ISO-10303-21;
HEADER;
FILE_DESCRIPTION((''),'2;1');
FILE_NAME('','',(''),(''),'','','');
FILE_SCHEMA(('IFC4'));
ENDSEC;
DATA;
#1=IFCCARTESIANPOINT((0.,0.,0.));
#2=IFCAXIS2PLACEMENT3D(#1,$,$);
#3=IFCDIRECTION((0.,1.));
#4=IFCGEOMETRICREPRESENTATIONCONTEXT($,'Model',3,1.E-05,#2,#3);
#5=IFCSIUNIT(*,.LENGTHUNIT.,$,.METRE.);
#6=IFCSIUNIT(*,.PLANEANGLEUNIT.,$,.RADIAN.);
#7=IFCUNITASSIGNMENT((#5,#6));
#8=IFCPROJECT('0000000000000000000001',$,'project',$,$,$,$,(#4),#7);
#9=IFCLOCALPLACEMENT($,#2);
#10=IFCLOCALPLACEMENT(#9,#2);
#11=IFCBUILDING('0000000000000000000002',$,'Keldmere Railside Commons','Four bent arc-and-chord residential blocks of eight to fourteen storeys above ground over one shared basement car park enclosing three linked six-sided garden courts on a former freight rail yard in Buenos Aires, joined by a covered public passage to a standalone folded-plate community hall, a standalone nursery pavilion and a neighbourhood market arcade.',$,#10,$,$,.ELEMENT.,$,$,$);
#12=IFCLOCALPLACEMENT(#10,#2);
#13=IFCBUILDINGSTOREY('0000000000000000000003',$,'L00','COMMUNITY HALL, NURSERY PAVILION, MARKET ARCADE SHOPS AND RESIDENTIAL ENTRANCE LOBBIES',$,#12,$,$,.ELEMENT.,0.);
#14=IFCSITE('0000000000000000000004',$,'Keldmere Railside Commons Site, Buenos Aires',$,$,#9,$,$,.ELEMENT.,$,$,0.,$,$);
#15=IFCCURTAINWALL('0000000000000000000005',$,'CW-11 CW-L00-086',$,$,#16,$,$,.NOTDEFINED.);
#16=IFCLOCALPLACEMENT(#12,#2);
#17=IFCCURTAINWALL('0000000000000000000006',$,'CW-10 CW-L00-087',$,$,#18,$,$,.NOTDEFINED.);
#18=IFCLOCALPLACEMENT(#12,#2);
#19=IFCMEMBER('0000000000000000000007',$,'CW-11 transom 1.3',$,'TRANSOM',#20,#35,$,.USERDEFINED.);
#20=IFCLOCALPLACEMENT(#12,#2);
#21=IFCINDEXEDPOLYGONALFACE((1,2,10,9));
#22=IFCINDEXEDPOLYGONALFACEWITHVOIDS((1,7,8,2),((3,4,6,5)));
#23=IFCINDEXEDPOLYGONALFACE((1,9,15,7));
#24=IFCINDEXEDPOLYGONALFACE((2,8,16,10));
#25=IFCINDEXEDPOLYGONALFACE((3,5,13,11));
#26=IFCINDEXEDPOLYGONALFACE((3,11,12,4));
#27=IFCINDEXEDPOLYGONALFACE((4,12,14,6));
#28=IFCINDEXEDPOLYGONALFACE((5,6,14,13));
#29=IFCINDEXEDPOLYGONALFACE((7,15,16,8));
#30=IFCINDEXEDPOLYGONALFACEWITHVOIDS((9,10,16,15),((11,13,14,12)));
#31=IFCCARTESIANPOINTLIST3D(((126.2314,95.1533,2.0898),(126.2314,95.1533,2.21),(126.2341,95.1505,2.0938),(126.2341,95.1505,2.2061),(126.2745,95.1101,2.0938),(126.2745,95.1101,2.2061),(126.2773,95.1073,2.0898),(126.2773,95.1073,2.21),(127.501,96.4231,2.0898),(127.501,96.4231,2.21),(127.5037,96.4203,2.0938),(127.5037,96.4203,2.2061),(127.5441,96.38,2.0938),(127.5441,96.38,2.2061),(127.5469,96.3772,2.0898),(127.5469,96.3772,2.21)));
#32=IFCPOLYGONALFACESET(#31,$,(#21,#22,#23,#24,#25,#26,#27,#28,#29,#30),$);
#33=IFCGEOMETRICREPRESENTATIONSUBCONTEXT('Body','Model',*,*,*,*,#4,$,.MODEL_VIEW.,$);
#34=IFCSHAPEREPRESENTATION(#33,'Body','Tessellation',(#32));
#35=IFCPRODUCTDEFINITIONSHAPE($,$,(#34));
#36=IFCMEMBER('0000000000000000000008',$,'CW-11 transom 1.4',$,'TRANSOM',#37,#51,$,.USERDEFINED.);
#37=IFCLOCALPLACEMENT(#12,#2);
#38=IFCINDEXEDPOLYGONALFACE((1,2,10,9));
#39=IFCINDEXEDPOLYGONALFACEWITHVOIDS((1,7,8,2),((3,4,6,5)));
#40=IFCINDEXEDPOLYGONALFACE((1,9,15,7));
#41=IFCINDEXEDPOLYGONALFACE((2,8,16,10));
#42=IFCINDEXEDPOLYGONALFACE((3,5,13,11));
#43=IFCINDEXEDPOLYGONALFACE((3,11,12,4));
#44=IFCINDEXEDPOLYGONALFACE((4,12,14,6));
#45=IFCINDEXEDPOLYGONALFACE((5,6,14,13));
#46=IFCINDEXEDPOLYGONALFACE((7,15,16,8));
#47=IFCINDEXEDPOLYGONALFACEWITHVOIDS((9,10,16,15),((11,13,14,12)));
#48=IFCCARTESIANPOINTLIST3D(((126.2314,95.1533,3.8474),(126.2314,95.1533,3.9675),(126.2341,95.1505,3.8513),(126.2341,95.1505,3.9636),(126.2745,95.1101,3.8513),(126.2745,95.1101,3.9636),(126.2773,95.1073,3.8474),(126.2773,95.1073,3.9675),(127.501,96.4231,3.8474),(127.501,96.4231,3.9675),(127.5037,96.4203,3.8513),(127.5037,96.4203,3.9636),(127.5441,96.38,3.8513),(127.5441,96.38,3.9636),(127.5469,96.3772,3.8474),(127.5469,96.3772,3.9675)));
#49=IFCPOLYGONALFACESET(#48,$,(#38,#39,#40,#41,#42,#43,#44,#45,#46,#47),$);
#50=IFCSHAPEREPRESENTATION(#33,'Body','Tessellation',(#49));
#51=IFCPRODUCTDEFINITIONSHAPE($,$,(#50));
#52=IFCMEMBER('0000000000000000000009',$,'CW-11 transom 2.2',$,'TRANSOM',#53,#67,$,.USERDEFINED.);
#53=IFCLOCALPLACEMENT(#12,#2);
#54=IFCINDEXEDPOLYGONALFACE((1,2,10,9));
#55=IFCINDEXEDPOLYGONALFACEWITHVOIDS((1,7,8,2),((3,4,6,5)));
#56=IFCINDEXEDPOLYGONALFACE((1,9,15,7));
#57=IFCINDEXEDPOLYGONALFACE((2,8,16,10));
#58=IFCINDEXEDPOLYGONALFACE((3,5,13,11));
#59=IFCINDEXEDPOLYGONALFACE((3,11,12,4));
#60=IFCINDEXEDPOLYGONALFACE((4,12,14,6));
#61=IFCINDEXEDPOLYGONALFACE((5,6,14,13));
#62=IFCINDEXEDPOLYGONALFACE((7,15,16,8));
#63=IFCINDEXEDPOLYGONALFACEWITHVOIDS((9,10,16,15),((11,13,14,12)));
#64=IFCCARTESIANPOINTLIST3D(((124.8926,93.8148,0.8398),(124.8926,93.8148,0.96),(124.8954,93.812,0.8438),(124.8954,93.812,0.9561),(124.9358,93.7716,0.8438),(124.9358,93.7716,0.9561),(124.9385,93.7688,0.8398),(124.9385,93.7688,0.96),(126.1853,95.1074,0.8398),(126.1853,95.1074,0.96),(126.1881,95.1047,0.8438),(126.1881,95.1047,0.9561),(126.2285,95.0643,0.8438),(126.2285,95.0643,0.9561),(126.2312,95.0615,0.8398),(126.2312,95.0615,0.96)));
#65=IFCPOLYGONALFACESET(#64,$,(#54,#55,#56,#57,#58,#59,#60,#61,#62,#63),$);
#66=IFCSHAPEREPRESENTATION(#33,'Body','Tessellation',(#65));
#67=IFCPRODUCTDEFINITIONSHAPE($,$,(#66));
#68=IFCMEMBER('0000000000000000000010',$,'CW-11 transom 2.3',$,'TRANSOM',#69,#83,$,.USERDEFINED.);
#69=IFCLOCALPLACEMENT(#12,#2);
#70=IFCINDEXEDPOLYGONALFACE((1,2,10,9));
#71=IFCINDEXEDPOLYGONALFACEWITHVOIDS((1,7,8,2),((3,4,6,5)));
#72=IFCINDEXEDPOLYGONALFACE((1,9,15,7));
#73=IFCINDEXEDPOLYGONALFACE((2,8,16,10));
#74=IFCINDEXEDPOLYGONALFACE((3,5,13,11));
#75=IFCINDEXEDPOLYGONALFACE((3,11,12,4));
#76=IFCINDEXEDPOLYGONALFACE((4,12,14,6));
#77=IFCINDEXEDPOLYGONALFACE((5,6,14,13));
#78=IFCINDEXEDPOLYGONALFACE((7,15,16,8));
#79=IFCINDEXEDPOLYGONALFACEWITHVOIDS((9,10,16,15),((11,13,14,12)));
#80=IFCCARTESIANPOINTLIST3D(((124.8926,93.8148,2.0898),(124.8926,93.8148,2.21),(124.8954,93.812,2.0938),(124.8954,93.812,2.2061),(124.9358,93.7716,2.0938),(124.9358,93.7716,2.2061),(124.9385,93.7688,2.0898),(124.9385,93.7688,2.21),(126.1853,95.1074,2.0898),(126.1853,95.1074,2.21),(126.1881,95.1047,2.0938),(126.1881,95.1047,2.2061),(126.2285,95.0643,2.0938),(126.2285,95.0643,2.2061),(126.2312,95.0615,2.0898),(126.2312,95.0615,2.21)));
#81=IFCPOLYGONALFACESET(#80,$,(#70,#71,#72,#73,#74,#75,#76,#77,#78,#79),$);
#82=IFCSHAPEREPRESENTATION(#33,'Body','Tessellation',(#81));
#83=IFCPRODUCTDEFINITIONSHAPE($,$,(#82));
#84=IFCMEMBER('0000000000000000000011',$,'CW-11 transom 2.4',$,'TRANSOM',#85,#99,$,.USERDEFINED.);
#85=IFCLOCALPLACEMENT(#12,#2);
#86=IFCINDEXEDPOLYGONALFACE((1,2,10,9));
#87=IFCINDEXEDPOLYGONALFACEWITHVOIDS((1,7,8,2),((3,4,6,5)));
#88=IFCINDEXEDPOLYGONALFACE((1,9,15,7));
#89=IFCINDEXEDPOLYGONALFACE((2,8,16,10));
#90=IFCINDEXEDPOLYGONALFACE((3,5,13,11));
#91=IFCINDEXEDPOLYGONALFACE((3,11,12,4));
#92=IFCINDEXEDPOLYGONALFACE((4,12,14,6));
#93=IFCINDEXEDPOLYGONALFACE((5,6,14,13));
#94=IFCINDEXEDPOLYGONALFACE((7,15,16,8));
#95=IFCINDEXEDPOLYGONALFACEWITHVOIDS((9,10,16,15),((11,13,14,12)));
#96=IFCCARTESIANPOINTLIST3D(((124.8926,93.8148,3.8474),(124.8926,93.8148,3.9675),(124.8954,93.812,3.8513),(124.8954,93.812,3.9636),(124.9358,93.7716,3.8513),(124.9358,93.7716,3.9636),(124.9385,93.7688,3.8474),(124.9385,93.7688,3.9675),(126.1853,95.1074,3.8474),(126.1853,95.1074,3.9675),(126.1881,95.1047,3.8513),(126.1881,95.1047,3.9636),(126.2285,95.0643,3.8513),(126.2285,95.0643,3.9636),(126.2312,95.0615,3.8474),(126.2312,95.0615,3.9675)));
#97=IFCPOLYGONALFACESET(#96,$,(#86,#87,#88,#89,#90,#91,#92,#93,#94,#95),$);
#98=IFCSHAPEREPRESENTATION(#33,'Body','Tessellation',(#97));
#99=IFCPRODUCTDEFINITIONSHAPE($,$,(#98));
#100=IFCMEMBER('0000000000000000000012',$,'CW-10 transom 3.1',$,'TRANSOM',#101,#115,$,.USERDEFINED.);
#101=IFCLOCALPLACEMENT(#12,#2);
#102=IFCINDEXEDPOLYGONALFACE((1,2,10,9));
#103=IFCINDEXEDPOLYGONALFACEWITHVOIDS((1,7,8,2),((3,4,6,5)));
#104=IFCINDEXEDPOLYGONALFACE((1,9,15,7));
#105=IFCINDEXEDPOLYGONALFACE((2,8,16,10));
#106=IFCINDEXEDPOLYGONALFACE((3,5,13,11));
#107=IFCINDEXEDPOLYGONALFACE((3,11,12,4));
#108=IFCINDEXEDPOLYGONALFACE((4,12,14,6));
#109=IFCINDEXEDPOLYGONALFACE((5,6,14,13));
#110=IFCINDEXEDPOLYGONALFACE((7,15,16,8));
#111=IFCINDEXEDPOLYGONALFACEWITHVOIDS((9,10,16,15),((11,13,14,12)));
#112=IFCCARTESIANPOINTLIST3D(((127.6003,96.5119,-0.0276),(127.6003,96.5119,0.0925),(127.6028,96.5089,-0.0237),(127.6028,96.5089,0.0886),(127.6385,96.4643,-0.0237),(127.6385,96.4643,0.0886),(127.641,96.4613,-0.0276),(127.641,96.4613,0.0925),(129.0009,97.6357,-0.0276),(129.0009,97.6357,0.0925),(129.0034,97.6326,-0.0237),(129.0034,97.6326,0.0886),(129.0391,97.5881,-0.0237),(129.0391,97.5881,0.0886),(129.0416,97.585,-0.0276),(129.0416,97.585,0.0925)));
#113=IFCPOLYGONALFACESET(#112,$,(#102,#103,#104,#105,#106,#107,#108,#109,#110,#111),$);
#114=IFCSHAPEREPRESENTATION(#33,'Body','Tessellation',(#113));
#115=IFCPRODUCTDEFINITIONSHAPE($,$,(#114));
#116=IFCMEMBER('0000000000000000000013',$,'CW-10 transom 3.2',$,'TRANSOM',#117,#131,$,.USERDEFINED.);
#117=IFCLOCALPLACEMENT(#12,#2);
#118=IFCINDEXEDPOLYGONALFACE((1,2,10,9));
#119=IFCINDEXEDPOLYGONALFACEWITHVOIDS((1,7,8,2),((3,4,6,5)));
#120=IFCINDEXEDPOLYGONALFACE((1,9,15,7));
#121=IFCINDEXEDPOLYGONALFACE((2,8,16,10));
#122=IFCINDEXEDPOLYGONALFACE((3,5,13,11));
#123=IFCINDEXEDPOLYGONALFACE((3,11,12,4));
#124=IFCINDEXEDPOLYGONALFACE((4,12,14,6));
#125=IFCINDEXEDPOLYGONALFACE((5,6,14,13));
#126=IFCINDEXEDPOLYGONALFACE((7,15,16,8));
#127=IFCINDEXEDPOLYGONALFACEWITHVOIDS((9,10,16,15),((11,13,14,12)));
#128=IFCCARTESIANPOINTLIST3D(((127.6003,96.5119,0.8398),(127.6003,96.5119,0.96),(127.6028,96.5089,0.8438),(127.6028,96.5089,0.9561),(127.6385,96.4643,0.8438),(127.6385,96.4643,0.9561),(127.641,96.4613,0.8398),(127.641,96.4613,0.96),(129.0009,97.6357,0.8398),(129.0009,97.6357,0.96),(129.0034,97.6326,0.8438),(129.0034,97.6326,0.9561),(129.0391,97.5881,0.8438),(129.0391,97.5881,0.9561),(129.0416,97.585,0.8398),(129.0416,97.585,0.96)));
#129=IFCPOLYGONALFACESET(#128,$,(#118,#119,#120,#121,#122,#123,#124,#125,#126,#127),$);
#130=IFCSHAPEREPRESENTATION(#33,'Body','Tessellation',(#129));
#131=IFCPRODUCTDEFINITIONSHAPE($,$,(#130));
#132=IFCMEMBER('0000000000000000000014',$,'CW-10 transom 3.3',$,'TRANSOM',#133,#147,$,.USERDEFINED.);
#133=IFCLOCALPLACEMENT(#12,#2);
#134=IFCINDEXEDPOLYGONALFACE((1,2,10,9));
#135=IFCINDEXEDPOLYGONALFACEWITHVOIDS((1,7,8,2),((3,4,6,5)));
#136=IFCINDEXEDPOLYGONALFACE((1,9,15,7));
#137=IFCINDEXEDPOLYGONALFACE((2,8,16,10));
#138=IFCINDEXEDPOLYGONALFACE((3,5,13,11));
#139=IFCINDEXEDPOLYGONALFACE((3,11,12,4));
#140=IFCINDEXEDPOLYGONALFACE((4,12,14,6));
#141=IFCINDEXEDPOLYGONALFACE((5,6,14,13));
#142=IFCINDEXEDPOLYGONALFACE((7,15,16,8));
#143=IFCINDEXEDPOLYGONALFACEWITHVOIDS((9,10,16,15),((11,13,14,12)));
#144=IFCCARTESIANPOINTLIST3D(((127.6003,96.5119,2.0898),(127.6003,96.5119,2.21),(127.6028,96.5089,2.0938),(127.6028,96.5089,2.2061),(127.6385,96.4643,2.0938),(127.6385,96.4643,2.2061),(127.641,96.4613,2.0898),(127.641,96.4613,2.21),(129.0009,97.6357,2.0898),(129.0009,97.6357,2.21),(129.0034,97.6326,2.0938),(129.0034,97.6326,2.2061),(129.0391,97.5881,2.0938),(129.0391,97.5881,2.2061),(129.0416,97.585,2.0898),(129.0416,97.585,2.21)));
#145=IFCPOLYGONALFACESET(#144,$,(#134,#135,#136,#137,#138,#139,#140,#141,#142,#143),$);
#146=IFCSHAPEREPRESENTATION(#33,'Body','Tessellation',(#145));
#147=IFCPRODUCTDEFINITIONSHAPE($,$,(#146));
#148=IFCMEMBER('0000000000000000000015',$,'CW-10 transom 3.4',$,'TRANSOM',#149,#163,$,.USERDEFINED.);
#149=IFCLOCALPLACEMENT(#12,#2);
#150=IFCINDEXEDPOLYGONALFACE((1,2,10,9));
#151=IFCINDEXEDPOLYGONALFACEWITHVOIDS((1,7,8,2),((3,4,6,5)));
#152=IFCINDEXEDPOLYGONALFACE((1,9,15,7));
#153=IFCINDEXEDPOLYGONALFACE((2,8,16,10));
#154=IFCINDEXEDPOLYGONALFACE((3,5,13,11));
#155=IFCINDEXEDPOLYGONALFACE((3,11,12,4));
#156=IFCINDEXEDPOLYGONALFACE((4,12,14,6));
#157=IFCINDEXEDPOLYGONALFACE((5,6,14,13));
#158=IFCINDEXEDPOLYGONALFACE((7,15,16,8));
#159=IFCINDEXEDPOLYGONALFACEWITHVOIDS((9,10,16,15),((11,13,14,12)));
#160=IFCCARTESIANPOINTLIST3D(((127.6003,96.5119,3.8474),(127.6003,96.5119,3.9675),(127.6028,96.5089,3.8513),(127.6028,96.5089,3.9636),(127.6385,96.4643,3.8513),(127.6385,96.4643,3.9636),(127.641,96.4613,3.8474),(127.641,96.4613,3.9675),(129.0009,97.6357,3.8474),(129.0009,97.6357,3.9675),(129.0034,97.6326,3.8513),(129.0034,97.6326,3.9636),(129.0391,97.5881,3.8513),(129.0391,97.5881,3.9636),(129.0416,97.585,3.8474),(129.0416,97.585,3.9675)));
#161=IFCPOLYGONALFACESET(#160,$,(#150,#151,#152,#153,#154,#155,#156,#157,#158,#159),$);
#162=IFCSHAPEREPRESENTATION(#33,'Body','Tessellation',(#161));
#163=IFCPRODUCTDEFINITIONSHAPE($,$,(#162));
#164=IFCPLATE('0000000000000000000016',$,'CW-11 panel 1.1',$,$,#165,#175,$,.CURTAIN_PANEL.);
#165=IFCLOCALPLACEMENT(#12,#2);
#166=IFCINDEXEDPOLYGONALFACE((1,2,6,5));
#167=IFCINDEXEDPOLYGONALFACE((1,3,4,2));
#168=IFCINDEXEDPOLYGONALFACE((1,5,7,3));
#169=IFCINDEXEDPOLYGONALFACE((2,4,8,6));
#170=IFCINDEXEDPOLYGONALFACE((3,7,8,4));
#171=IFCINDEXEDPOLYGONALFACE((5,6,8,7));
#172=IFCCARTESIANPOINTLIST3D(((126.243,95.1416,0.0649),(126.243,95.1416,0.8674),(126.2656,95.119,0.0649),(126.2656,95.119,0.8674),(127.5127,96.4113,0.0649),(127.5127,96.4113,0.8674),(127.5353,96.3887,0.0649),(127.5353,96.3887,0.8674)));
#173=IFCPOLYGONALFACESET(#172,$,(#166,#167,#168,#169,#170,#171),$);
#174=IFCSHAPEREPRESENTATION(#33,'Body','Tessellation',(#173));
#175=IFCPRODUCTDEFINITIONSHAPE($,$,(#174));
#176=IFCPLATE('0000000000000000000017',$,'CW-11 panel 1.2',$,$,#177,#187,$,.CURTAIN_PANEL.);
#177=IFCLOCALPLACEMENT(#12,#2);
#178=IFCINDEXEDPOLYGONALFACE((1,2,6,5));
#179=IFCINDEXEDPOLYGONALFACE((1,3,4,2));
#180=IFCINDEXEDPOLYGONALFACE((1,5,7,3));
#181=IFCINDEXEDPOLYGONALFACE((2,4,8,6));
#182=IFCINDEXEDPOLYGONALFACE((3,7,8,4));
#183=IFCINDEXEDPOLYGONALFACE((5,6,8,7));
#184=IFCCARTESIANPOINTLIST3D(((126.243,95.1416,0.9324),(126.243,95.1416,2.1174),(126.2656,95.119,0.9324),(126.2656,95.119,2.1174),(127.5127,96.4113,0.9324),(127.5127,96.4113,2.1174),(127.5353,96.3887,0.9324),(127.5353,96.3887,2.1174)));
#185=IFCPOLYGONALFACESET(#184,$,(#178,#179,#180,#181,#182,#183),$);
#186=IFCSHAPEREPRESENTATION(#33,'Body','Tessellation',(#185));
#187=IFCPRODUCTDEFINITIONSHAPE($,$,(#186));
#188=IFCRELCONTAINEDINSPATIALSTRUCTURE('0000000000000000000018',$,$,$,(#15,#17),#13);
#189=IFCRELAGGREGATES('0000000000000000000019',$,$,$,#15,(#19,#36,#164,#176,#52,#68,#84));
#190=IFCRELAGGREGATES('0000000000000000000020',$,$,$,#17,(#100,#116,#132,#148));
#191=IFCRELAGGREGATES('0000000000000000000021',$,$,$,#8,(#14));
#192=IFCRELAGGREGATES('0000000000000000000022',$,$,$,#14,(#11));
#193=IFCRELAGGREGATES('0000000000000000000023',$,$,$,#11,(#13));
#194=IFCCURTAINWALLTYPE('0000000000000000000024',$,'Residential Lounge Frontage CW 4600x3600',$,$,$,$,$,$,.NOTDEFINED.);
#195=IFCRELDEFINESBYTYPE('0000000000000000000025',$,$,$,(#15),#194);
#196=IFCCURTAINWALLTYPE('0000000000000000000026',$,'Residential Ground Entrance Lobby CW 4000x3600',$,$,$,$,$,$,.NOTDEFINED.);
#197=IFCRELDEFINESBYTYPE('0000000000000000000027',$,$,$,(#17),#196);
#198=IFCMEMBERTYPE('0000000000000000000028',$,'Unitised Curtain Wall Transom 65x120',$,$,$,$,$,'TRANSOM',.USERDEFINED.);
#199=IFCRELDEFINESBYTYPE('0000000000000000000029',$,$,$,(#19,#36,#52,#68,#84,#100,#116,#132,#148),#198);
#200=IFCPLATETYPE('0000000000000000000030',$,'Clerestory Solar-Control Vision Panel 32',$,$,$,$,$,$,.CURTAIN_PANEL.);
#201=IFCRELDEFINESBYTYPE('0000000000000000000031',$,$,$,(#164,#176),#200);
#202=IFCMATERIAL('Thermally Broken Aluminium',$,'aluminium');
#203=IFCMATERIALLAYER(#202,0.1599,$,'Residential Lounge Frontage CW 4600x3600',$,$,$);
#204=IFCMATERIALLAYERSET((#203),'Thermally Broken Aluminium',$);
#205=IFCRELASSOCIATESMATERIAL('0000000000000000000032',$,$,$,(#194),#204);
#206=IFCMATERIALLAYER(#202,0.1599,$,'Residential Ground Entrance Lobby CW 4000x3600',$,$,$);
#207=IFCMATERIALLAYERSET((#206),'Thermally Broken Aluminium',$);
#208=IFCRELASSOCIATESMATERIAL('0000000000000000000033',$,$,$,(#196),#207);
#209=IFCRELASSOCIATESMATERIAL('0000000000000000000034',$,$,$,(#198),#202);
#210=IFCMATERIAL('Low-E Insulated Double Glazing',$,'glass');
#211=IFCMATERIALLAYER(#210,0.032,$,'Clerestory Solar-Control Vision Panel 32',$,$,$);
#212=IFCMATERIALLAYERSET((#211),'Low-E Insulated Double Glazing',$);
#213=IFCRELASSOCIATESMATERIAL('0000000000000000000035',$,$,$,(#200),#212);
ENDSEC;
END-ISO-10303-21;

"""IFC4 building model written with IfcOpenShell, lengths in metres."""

from ifc_helpers import new_model, si_unit, direction, frame, origin, origin_2d, place, context, subcontext, project, spatial, rectangle, hollow_rectangle, extrude, material, layer, layer_set, material_profile, profile_set, type_object, element, aggregate, save


model = new_model("IFC4")

# Units and contexts
model_context = context("Model", 3, precision=1e-05, world=origin(), true_north=direction((0.0, 1.0)))
body_context = subcontext(model_context, "Body", "Model", "MODEL_VIEW")
ifc_project = project(units=[si_unit("LENGTHUNIT", "METRE"), si_unit("PLANEANGLEUNIT", "RADIAN")], contexts=[model_context])

# Site, building, storey
site_placement = place(None, origin())
site = spatial("IfcSite", under=ifc_project, at=site_placement, Name="Keldmere Railside Commons Site, Buenos Aires", CompositionType="ELEMENT", RefElevation=0.0)
building_placement = place(site_placement, origin())
building = spatial("IfcBuilding", under=site, at=building_placement, Name="Keldmere Railside Commons", Description="Four bent arc-and-chord residential blocks of eight to fourteen storeys above ground over one shared basement car park enclosing three linked six-sided garden courts on a former freight rail yard in Buenos Aires, joined by a covered public passage to a standalone folded-plate community hall, a standalone nursery pavilion and a neighbourhood market arcade.", CompositionType="ELEMENT")
storey_placement = place(building_placement, origin())
storey = spatial("IfcBuildingStorey", under=building, at=storey_placement, Name="L00", Description="COMMUNITY HALL, NURSERY PAVILION, MARKET ARCADE SHOPS AND RESIDENTIAL ENTRANCE LOBBIES", CompositionType="ELEMENT", Elevation=0.0)

# Curtain walls
ifc_material_1 = material(Name="Thermally Broken Aluminium", Category="aluminium")
ifc_layer_1 = layer(ifc_material_1, 0.1599, Name="Residential Lounge Frontage CW 4600x3600")
ifc_layer_set_1 = layer_set([ifc_layer_1], Name="Thermally Broken Aluminium")
curtain_wall_type_1 = type_object("IfcCurtainWallType", Name="Residential Lounge Frontage CW 4600x3600", PredefinedType="NOTDEFINED", material=ifc_layer_set_1)
curtain_wall_1_placement = place(storey_placement, origin())
curtain_wall_1 = element("IfcCurtainWall", 1, at=curtain_wall_1_placement, inside=storey, type_object=curtain_wall_type_1, Name="CW-11 CW-L00-086", PredefinedType="NOTDEFINED")
ifc_layer_2 = layer(ifc_material_1, 0.1599, Name="Residential Ground Entrance Lobby CW 4000x3600")
ifc_layer_set_2 = layer_set([ifc_layer_2], Name="Thermally Broken Aluminium")
curtain_wall_type_2 = type_object("IfcCurtainWallType", Name="Residential Ground Entrance Lobby CW 4000x3600", PredefinedType="NOTDEFINED", material=ifc_layer_set_2)
curtain_wall_2_placement = place(storey_placement, origin())
curtain_wall_2 = element("IfcCurtainWall", 2, at=curtain_wall_2_placement, inside=storey, type_object=curtain_wall_type_2, Name="CW-10 CW-L00-087", PredefinedType="NOTDEFINED")

# Members
ifc_material_profile_1 = material_profile(ifc_material_1, hollow_rectangle(XDim=0.0649, YDim=0.1201, WallThickness=0.0039, at=origin_2d()), Name="ALU-TRAN-65x120")
ifc_profile_set_1 = profile_set([ifc_material_profile_1], Name="Thermally Broken Aluminium")
member_type_1 = type_object("IfcMemberType", Name="Unitised Curtain Wall Transom 65x120", ElementType="TRANSOM", PredefinedType="USERDEFINED", material=ifc_profile_set_1)
member_1_placement = place(storey_placement, frame((127.5239, 96.4001, 2.1499), z_axis=(-0.707039, -0.707175, 0.0), x_axis=(0.707175, -0.707039, 0.0)))
member_1 = element("IfcMember", 3, at=member_1_placement, type_object=member_type_1, Name="CW-11 transom 1.3", ObjectType="TRANSOM", PredefinedType="USERDEFINED", context=body_context, shape_type="SweptSolid", body=[
    extrude(hollow_rectangle(XDim=0.0649, YDim=0.1201, WallThickness=0.0039, at=origin_2d()), origin(), (0.0, 0.0, 1.0), 1.7957),
])
member_2_placement = place(storey_placement, frame((127.5239, 96.4001, 3.9075), z_axis=(-0.707039, -0.707175, 0.0), x_axis=(0.707175, -0.707039, 0.0)))
member_2 = element("IfcMember", 4, at=member_2_placement, type_object=member_type_1, Name="CW-11 transom 1.4", ObjectType="TRANSOM", PredefinedType="USERDEFINED", context=body_context, shape_type="SweptSolid", body=[
    extrude(hollow_rectangle(XDim=0.0649, YDim=0.1201, WallThickness=0.0039, at=origin_2d()), origin(), (0.0, 0.0, 1.0), 1.7957),
])
member_3_placement = place(storey_placement, frame((126.2083, 95.0845, 0.8999), z_axis=(-0.707107, -0.707107, 0.0), x_axis=(0.707107, -0.707107, 0.0)))
member_3 = element("IfcMember", 5, at=member_3_placement, type_object=member_type_1, Name="CW-11 transom 2.2", ObjectType="TRANSOM", PredefinedType="USERDEFINED", context=body_context, shape_type="SweptSolid", body=[
    extrude(hollow_rectangle(XDim=0.0649, YDim=0.1201, WallThickness=0.0039, at=origin_2d()), origin(), (0.0, 0.0, 1.0), 1.8281),
])
member_4_placement = place(storey_placement, frame((126.2083, 95.0845, 2.1499), z_axis=(-0.707107, -0.707107, 0.0), x_axis=(0.707107, -0.707107, 0.0)))
member_4 = element("IfcMember", 6, at=member_4_placement, type_object=member_type_1, Name="CW-11 transom 2.3", ObjectType="TRANSOM", PredefinedType="USERDEFINED", context=body_context, shape_type="SweptSolid", body=[
    extrude(hollow_rectangle(XDim=0.0649, YDim=0.1201, WallThickness=0.0039, at=origin_2d()), origin(), (0.0, 0.0, 1.0), 1.8281),
])
member_5_placement = place(storey_placement, frame((126.2083, 95.0845, 3.9075), z_axis=(-0.707107, -0.707107, 0.0), x_axis=(0.707107, -0.707107, 0.0)))
member_5 = element("IfcMember", 7, at=member_5_placement, type_object=member_type_1, Name="CW-11 transom 2.4", ObjectType="TRANSOM", PredefinedType="USERDEFINED", context=body_context, shape_type="SweptSolid", body=[
    extrude(hollow_rectangle(XDim=0.0649, YDim=0.1201, WallThickness=0.0039, at=origin_2d()), origin(), (0.0, 0.0, 1.0), 1.8281),
])
member_6_placement = place(storey_placement, frame((129.0212, 97.6104, 0.0325), z_axis=(-0.779979, -0.625805, 0.0), x_axis=(0.625805, -0.779979, 0.0)))
member_6 = element("IfcMember", 8, at=member_6_placement, type_object=member_type_1, Name="CW-10 transom 3.1", ObjectType="TRANSOM", PredefinedType="USERDEFINED", context=body_context, shape_type="SweptSolid", body=[
    extrude(hollow_rectangle(XDim=0.0649, YDim=0.1201, WallThickness=0.0039, at=origin_2d()), origin(), (0.0, 0.0, 1.0), 1.7957),
])
member_7_placement = place(storey_placement, frame((129.0212, 97.6104, 0.8999), z_axis=(-0.779979, -0.625805, 0.0), x_axis=(0.625805, -0.779979, 0.0)))
member_7 = element("IfcMember", 9, at=member_7_placement, type_object=member_type_1, Name="CW-10 transom 3.2", ObjectType="TRANSOM", PredefinedType="USERDEFINED", context=body_context, shape_type="SweptSolid", body=[
    extrude(hollow_rectangle(XDim=0.0649, YDim=0.1201, WallThickness=0.0039, at=origin_2d()), origin(), (0.0, 0.0, 1.0), 1.7957),
])
member_8_placement = place(storey_placement, frame((129.0212, 97.6104, 2.1499), z_axis=(-0.779979, -0.625805, 0.0), x_axis=(0.625805, -0.779979, 0.0)))
member_8 = element("IfcMember", 10, at=member_8_placement, type_object=member_type_1, Name="CW-10 transom 3.3", ObjectType="TRANSOM", PredefinedType="USERDEFINED", context=body_context, shape_type="SweptSolid", body=[
    extrude(hollow_rectangle(XDim=0.0649, YDim=0.1201, WallThickness=0.0039, at=origin_2d()), origin(), (0.0, 0.0, 1.0), 1.7957),
])
member_9_placement = place(storey_placement, frame((129.0212, 97.6104, 3.9075), z_axis=(-0.779979, -0.625805, 0.0), x_axis=(0.625805, -0.779979, 0.0)))
member_9 = element("IfcMember", 11, at=member_9_placement, type_object=member_type_1, Name="CW-10 transom 3.4", ObjectType="TRANSOM", PredefinedType="USERDEFINED", context=body_context, shape_type="SweptSolid", body=[
    extrude(hollow_rectangle(XDim=0.0649, YDim=0.1201, WallThickness=0.0039, at=origin_2d()), origin(), (0.0, 0.0, 1.0), 1.7957),
])

# Plates
ifc_material_2 = material(Name="Low-E Insulated Double Glazing", Category="glass")
ifc_layer_3 = layer(ifc_material_2, 0.032, Name="Clerestory Solar-Control Vision Panel 32")
ifc_layer_set_3 = layer_set([ifc_layer_3], Name="Low-E Insulated Double Glazing")
plate_type_1 = type_object("IfcPlateType", Name="Clerestory Solar-Control Vision Panel 32", PredefinedType="CURTAIN_PANEL", material=ifc_layer_set_3)
plate_1_placement = place(storey_placement, frame((126.8892, 95.7651, 0.0649), z_axis=(0.0, 0.0, 1.0), x_axis=(-0.707107, -0.707107, 0.0)))
plate_1 = element("IfcPlate", 12, at=plate_1_placement, type_object=plate_type_1, Name="CW-11 panel 1.1", PredefinedType="CURTAIN_PANEL", context=body_context, shape_type="SweptSolid", body=[
    extrude(rectangle(XDim=1.7957, YDim=0.032, at=origin_2d()), origin(), (0.0, 0.0, 1.0), 0.8025),
])
plate_2_placement = place(storey_placement, frame((126.8892, 95.7651, 0.9324), z_axis=(0.0, 0.0, 1.0), x_axis=(-0.707107, -0.707107, 0.0)))
plate_2 = element("IfcPlate", 13, at=plate_2_placement, type_object=plate_type_1, Name="CW-11 panel 1.2", PredefinedType="CURTAIN_PANEL", context=body_context, shape_type="SweptSolid", body=[
    extrude(rectangle(XDim=1.7957, YDim=0.032, at=origin_2d()), origin(), (0.0, 0.0, 1.0), 1.1851),
])
aggregate(curtain_wall_1, [member_1, member_2, plate_1, plate_2, member_3, member_4, member_5])
aggregate(curtain_wall_2, [member_6, member_7, member_8, member_9])

save(model, "model.ifc")
